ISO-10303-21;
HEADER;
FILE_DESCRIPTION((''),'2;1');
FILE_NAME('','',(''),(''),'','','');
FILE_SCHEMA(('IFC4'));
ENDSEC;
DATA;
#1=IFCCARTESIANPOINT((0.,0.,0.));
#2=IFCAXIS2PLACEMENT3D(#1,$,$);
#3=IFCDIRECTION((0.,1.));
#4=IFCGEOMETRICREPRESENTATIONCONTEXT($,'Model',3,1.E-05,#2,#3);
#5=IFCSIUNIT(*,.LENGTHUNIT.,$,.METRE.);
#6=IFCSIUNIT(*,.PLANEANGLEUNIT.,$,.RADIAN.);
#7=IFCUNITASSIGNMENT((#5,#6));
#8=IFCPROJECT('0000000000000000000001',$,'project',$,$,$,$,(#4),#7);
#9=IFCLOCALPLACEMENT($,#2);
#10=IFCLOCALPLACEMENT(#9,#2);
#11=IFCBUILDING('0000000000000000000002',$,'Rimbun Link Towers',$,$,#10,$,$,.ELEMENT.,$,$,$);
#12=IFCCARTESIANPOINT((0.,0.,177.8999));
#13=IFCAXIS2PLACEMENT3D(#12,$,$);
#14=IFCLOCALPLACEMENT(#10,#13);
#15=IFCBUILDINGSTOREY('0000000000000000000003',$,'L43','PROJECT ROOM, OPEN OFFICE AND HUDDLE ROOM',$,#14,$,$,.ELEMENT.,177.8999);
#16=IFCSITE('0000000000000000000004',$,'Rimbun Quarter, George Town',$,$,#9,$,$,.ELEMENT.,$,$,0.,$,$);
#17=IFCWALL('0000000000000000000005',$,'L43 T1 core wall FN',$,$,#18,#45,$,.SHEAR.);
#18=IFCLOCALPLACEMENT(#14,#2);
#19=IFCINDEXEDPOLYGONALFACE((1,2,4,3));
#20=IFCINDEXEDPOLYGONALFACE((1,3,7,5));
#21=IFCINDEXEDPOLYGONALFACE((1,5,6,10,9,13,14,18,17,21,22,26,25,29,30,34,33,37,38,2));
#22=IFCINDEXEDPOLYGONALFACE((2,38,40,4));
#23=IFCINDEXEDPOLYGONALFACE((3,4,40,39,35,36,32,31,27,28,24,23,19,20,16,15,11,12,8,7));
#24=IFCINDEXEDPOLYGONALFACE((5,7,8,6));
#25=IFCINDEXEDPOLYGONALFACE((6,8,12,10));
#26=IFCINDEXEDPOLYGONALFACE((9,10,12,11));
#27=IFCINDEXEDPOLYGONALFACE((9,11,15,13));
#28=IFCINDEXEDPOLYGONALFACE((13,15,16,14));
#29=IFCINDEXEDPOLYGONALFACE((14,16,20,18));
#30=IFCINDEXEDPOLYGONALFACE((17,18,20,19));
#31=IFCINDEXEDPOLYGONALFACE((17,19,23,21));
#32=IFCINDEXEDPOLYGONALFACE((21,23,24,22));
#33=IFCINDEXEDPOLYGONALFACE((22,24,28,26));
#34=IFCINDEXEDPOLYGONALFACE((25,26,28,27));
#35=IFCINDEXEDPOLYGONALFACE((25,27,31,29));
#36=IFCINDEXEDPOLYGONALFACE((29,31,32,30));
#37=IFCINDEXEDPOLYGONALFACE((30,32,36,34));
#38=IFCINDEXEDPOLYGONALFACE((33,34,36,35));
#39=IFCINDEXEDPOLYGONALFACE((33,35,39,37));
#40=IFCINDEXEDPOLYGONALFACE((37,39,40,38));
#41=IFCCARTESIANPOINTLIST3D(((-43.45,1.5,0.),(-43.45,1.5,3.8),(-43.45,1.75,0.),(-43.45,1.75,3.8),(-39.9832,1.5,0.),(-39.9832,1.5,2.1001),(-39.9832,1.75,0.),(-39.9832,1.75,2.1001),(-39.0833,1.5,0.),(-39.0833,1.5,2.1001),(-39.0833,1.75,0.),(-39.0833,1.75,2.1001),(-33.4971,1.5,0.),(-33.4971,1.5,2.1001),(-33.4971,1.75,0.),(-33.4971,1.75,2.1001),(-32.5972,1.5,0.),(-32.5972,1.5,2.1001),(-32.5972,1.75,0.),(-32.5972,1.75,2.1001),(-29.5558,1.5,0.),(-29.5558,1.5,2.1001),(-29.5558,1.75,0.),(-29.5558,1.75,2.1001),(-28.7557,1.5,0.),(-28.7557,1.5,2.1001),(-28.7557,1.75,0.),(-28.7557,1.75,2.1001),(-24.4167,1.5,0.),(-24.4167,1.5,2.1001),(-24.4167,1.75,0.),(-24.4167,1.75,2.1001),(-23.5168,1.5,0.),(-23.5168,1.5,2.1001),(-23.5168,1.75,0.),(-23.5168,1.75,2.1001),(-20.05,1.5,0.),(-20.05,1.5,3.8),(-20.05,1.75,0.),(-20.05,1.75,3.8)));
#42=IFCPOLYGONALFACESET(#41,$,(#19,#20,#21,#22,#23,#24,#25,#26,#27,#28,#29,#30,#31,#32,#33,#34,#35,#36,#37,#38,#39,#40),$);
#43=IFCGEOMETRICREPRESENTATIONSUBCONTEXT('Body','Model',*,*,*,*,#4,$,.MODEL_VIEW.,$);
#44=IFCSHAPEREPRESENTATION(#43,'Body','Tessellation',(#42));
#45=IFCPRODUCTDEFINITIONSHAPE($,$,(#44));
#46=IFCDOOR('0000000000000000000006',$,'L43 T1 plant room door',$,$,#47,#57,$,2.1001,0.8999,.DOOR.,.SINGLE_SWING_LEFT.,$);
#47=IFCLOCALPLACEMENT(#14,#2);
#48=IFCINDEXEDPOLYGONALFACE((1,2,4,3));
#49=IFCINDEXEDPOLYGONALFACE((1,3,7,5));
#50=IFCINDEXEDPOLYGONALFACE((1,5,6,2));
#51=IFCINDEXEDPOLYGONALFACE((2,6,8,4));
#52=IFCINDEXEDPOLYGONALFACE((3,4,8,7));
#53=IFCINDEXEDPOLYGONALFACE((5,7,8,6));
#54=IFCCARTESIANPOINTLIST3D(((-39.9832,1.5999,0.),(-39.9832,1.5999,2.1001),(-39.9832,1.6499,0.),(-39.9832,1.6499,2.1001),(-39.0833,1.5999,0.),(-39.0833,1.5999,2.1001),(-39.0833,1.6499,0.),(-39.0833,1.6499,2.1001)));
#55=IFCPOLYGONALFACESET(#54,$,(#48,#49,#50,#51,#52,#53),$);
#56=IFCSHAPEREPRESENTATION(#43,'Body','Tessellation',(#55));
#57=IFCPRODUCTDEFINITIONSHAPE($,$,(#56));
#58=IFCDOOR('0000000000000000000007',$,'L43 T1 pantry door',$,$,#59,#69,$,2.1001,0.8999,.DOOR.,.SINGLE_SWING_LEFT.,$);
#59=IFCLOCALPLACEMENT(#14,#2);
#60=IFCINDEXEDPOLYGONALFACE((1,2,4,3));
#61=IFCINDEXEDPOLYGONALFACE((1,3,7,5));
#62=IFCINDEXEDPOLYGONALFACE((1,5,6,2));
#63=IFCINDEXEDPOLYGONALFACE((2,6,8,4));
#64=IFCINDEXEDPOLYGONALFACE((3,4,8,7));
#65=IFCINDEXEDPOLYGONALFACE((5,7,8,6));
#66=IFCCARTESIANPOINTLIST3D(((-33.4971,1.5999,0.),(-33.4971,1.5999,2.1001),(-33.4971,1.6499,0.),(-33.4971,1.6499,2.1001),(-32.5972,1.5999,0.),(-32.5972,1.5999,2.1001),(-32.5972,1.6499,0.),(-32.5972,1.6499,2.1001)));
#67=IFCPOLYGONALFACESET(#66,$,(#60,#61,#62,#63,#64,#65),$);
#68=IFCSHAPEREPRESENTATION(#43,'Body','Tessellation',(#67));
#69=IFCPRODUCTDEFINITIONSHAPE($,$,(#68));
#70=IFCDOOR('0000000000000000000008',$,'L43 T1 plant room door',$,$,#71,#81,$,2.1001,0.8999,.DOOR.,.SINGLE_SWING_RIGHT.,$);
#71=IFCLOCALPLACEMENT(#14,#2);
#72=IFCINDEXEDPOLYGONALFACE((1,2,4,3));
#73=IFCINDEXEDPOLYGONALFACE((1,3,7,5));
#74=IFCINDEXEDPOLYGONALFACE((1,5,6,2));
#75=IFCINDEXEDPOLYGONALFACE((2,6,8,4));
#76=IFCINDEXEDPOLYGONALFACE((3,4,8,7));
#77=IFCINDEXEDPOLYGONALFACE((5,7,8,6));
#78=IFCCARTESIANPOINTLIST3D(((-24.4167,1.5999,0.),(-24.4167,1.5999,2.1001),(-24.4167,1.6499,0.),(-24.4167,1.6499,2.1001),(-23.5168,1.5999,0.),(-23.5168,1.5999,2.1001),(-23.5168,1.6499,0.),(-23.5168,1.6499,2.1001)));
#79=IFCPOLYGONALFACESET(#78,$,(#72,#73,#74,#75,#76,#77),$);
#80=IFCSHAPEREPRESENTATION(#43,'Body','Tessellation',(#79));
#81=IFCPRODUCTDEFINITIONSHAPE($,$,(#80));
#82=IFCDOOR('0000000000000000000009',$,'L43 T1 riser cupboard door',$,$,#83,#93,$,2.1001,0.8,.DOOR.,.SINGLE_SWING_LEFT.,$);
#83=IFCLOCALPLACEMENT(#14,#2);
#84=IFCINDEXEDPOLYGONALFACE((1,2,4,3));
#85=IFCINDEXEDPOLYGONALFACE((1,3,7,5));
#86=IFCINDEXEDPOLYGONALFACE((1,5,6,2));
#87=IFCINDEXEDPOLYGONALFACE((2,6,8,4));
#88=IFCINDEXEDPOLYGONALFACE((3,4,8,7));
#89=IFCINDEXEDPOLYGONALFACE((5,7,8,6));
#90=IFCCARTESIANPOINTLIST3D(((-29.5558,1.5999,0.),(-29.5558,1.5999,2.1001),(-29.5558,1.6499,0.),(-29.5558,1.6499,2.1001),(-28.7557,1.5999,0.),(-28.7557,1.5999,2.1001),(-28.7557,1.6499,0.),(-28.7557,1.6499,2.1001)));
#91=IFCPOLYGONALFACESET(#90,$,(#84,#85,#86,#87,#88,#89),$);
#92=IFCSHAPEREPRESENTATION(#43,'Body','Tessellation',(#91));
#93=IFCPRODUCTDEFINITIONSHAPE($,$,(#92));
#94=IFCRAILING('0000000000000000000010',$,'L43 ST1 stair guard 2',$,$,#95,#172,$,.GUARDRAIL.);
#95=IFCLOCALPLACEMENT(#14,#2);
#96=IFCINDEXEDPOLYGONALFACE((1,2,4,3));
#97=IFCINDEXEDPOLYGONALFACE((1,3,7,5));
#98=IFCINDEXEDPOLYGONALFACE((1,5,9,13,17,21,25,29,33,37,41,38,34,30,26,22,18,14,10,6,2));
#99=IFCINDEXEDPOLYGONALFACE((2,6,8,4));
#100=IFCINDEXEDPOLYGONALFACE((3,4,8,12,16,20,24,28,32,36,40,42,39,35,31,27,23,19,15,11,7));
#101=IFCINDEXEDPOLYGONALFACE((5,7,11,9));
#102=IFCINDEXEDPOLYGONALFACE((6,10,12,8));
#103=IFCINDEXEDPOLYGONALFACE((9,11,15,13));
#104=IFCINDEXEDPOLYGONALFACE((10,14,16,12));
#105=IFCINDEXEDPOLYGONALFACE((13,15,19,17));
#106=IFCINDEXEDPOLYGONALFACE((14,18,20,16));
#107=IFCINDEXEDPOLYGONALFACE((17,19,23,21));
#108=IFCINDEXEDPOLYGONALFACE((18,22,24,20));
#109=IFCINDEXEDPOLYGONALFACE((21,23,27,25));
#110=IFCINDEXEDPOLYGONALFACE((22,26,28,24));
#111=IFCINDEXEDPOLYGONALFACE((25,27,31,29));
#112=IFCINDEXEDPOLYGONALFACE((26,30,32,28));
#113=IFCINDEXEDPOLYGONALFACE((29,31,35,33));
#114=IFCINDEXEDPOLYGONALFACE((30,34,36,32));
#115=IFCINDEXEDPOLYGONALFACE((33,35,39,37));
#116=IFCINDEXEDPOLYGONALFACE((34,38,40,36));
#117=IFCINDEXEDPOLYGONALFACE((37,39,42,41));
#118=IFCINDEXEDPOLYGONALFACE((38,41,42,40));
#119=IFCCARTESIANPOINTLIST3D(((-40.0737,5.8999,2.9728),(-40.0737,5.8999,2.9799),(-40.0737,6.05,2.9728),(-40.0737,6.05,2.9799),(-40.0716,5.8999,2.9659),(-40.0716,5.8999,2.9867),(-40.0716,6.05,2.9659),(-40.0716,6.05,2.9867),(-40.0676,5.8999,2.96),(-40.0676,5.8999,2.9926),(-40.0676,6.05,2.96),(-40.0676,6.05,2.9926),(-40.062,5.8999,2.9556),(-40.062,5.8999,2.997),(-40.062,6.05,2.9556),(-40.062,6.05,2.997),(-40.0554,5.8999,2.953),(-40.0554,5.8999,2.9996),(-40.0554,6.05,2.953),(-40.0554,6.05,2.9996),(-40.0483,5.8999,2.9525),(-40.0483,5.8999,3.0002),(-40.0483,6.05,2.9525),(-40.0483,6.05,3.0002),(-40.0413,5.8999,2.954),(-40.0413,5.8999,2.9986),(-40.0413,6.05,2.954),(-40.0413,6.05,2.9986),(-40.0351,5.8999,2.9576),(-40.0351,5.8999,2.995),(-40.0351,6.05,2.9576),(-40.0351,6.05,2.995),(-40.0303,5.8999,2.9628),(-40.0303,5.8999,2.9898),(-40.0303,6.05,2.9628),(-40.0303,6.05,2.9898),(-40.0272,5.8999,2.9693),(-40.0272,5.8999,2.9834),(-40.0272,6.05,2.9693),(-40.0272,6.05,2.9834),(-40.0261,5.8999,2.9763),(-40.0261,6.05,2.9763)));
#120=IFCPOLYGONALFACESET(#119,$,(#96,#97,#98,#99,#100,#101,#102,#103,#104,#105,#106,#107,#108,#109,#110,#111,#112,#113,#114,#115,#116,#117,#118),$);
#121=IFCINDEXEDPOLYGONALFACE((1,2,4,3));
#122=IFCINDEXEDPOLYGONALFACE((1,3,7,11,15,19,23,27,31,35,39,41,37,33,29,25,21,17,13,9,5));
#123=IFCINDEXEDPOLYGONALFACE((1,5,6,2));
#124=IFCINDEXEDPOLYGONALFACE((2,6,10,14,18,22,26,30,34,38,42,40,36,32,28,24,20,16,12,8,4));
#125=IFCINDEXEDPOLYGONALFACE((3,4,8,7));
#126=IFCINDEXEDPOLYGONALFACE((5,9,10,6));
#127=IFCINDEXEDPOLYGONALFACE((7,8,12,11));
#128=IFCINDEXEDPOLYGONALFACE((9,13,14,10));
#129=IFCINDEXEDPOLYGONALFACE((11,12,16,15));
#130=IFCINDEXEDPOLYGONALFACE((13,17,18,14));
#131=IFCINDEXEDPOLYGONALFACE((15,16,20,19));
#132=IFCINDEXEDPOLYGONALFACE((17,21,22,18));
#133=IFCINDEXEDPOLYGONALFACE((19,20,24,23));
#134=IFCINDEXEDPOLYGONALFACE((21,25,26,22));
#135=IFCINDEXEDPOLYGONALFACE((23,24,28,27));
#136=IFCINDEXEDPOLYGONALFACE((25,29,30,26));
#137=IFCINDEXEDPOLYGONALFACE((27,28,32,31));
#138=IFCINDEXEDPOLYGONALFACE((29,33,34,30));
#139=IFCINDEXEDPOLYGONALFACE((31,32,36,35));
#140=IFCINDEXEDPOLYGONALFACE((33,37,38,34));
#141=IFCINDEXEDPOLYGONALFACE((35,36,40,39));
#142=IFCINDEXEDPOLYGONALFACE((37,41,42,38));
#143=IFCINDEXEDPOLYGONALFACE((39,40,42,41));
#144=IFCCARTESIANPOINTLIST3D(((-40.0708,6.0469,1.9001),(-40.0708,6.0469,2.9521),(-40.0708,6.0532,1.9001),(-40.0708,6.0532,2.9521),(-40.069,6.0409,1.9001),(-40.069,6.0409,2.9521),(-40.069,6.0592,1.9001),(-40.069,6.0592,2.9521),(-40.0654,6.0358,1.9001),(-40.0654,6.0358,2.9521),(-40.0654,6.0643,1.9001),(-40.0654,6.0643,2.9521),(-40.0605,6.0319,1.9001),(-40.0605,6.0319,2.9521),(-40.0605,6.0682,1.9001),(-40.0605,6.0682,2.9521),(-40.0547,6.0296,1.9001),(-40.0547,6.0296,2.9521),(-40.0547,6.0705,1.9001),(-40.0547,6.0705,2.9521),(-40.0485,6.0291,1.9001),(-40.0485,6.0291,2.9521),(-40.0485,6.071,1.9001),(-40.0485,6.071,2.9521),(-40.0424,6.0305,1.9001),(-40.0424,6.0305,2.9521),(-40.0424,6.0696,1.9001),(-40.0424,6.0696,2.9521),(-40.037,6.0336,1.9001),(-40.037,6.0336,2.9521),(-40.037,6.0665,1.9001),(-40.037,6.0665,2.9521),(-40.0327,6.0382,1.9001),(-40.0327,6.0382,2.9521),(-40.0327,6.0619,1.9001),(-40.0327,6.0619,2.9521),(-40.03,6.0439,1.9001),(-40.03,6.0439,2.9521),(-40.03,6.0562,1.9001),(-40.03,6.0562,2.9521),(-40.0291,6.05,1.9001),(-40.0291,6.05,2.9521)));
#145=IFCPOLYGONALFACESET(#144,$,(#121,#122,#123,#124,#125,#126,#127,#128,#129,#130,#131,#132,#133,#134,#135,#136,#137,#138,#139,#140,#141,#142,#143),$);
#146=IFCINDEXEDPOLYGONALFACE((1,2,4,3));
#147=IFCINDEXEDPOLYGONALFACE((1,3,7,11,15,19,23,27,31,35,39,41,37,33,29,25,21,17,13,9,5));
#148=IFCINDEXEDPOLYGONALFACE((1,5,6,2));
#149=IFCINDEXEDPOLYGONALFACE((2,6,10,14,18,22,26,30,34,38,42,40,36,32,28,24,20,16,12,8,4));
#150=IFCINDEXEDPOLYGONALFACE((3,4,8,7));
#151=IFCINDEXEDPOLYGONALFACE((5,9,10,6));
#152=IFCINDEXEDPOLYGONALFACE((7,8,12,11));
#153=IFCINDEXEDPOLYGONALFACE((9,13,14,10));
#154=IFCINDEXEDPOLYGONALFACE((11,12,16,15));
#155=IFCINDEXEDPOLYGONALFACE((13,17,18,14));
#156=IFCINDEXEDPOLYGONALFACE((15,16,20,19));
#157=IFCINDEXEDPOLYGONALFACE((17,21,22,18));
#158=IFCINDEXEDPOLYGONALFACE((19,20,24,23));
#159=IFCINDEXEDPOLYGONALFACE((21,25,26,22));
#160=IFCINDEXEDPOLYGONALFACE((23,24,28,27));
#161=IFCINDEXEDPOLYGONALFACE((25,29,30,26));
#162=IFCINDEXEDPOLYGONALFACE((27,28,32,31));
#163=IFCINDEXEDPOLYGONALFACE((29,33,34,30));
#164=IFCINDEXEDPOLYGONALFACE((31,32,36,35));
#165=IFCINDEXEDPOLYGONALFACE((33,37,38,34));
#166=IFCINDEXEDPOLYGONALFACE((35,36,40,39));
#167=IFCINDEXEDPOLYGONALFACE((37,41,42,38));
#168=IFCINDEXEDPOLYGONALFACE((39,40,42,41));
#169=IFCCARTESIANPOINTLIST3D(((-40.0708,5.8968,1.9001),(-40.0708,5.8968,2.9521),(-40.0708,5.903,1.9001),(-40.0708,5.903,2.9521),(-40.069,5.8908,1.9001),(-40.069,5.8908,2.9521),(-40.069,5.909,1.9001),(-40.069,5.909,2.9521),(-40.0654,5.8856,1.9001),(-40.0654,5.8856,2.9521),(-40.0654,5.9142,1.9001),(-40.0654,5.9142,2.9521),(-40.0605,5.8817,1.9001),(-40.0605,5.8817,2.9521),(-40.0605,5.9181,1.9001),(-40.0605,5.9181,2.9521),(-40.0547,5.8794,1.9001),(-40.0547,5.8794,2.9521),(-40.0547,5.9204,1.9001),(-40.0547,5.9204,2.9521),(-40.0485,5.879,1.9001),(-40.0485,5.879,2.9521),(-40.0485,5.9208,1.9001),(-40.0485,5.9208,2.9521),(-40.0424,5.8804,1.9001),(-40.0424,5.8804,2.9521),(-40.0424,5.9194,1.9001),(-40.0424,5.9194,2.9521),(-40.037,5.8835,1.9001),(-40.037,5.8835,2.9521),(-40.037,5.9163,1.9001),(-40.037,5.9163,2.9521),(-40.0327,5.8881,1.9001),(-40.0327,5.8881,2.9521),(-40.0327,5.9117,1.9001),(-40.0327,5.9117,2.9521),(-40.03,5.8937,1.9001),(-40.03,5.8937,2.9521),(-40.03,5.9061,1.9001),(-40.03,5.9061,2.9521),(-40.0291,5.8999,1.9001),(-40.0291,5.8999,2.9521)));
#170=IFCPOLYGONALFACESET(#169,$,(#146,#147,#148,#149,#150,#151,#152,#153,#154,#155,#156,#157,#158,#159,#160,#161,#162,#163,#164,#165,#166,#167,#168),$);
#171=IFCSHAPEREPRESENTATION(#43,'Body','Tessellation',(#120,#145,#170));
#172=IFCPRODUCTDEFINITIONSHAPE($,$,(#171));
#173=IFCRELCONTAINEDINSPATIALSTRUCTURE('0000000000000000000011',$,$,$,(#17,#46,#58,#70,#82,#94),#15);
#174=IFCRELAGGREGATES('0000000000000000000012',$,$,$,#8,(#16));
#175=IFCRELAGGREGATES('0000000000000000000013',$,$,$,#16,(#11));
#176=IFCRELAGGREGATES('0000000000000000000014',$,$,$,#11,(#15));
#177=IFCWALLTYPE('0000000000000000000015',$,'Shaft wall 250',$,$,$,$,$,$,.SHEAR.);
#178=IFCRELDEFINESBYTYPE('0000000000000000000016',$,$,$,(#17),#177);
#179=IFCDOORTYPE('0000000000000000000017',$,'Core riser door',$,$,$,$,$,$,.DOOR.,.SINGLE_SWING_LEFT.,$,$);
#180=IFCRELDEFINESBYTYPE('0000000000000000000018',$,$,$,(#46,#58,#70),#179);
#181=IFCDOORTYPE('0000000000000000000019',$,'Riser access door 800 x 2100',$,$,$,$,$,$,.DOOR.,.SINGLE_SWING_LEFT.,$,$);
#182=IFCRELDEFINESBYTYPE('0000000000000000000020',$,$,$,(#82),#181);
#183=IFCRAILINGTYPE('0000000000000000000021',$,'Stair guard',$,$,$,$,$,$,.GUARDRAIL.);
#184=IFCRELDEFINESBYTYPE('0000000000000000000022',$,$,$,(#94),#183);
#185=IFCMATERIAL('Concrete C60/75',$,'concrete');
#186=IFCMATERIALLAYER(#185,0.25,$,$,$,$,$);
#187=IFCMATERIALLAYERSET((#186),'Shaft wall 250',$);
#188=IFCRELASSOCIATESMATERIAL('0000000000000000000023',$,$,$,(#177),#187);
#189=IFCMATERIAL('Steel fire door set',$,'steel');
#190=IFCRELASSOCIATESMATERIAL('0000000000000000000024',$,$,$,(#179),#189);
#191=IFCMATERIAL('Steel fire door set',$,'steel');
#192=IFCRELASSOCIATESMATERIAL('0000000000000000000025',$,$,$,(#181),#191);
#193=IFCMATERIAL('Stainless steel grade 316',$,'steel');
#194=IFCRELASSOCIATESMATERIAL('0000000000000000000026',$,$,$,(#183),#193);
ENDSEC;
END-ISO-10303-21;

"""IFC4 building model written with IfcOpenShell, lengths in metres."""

from ifc_helpers import new_model, si_unit, direction, frame, frame_2d, origin, origin_2d, place, context, subcontext, project, spatial, rectangle, circle, extrude, material, layer, layer_set, type_object, element, fill, save


model = new_model("IFC4")

# Units and contexts
model_context = context("Model", 3, precision=1e-05, world=origin(), true_north=direction((0.0, 1.0)))
body_context = subcontext(model_context, "Body", "Model", "MODEL_VIEW")
ifc_project = project(units=[si_unit("LENGTHUNIT", "METRE"), si_unit("PLANEANGLEUNIT", "RADIAN")], contexts=[model_context])

# Site, building, storey
site_placement = place(None, origin())
site = spatial("IfcSite", under=ifc_project, at=site_placement, Name="Rimbun Quarter, George Town", CompositionType="ELEMENT", RefElevation=0.0)
building_placement = place(site_placement, origin())
building = spatial("IfcBuilding", under=site, at=building_placement, Name="Rimbun Link Towers", CompositionType="ELEMENT")
storey_placement = place(building_placement, frame((0.0, 0.0, 177.8999)))
storey = spatial("IfcBuildingStorey", under=building, at=storey_placement, Name="L43", Description="PROJECT ROOM, OPEN OFFICE AND HUDDLE ROOM", CompositionType="ELEMENT", Elevation=177.8999)

# Shared definitions
ifc_material_1 = material(Name="Concrete C60/75", Category="concrete")
ifc_layer_1 = layer(ifc_material_1, 0.25)
ifc_layer_set_1 = layer_set([ifc_layer_1], Name="Shaft wall 250")
wall_type_1 = type_object("IfcWallType", Name="Shaft wall 250", PredefinedType="SHEAR", material=ifc_layer_set_1)

# Wall, openings, doors
wall_1_placement = place(storey_placement, frame((-43.45, 1.625, 0.0), z_axis=(0.0, 0.0, 1.0), x_axis=(1.0, 0.0, 0.0)))
wall_1 = element("IfcWall", 1, at=wall_1_placement, inside=storey, type_object=wall_type_1, Name="L43 T1 core wall FN", PredefinedType="SHEAR", context=body_context, shape_type="SweptSolid", body=[
    extrude(rectangle(XDim=23.3999, YDim=0.25, at=frame_2d((11.7, 0.0))), origin(), (0.0, 0.0, 1.0), 3.8),
])
opening_1_placement = place(wall_1_placement, frame((3.4668, 0.0, 0.0)))
opening_1 = element("IfcOpeningElement", 2, at=opening_1_placement, cuts=wall_1, PredefinedType="OPENING", context=body_context, shape_type="SweptSolid", body=[
    extrude(rectangle(XDim=0.8999, YDim=2.1001, at=frame_2d((0.45, 1.05))), frame((0.0, 0.135, 0.0), z_axis=(0.0, -1.0, 0.0), x_axis=(1.0, 0.0, 0.0)), (0.0, 0.0, 1.0), 0.27),
])
opening_2_placement = place(wall_1_placement, frame((9.9529, 0.0, 0.0)))
opening_2 = element("IfcOpeningElement", 3, at=opening_2_placement, cuts=wall_1, PredefinedType="OPENING", context=body_context, shape_type="SweptSolid", body=[
    extrude(rectangle(XDim=0.8999, YDim=2.1001, at=frame_2d((0.45, 1.05))), frame((0.0, 0.135, 0.0), z_axis=(0.0, -1.0, 0.0), x_axis=(1.0, 0.0, 0.0)), (0.0, 0.0, 1.0), 0.27),
])
opening_3_placement = place(wall_1_placement, frame((13.8943, 0.0, 0.0)))
opening_3 = element("IfcOpeningElement", 4, at=opening_3_placement, cuts=wall_1, PredefinedType="OPENING", context=body_context, shape_type="SweptSolid", body=[
    extrude(rectangle(XDim=0.8, YDim=2.1001, at=frame_2d((0.3999, 1.05))), frame((0.0, 0.135, 0.0), z_axis=(0.0, -1.0, 0.0), x_axis=(1.0, 0.0, 0.0)), (0.0, 0.0, 1.0), 0.27),
])
opening_4_placement = place(wall_1_placement, frame((19.0332, 0.0, 0.0)))
opening_4 = element("IfcOpeningElement", 5, at=opening_4_placement, cuts=wall_1, PredefinedType="OPENING", context=body_context, shape_type="SweptSolid", body=[
    extrude(rectangle(XDim=0.8999, YDim=2.1001, at=frame_2d((0.45, 1.05))), frame((0.0, 0.135, 0.0), z_axis=(0.0, -1.0, 0.0), x_axis=(1.0, 0.0, 0.0)), (0.0, 0.0, 1.0), 0.27),
])
ifc_material_2 = material(Name="Steel fire door set", Category="steel")
door_type_1 = type_object("IfcDoorType", Name="Core riser door", OperationType="SINGLE_SWING_LEFT", PredefinedType="DOOR", material=ifc_material_2)
door_1_placement = place(opening_1_placement, origin())
door_1 = element("IfcDoor", 6, at=door_1_placement, inside=storey, type_object=door_type_1, Name="L43 T1 plant room door", OperationType="SINGLE_SWING_LEFT", OverallHeight=2.1001, OverallWidth=0.8999, PredefinedType="DOOR", context=body_context, shape_type="SweptSolid", body=[
    extrude(rectangle(XDim=0.8999, YDim=2.1001, at=frame_2d((0.45, 1.05))), frame((0.0, 0.0249, 0.0), z_axis=(0.0, -1.0, 0.0), x_axis=(1.0, 0.0, 0.0)), (0.0, 0.0, 1.0), 0.05),
])
fill(opening_1, door_1)
door_2_placement = place(opening_2_placement, origin())
door_2 = element("IfcDoor", 7, at=door_2_placement, inside=storey, type_object=door_type_1, Name="L43 T1 pantry door", OperationType="SINGLE_SWING_LEFT", OverallHeight=2.1001, OverallWidth=0.8999, PredefinedType="DOOR", context=body_context, shape_type="SweptSolid", body=[
    extrude(rectangle(XDim=0.8999, YDim=2.1001, at=frame_2d((0.45, 1.05))), frame((0.0, 0.0249, 0.0), z_axis=(0.0, -1.0, 0.0), x_axis=(1.0, 0.0, 0.0)), (0.0, 0.0, 1.0), 0.05),
])
fill(opening_2, door_2)
door_3_placement = place(opening_4_placement, origin())
door_3 = element("IfcDoor", 8, at=door_3_placement, inside=storey, type_object=door_type_1, Name="L43 T1 plant room door", OperationType="SINGLE_SWING_RIGHT", OverallHeight=2.1001, OverallWidth=0.8999, PredefinedType="DOOR", context=body_context, shape_type="SweptSolid", body=[
    extrude(rectangle(XDim=0.8999, YDim=2.1001, at=frame_2d((0.45, 1.05))), frame((0.0, 0.0249, 0.0), z_axis=(0.0, -1.0, 0.0), x_axis=(1.0, 0.0, 0.0)), (0.0, 0.0, 1.0), 0.05),
])
fill(opening_4, door_3)
ifc_material_3 = material(Name="Steel fire door set", Category="steel")
door_type_2 = type_object("IfcDoorType", Name="Riser access door 800 x 2100", OperationType="SINGLE_SWING_LEFT", PredefinedType="DOOR", material=ifc_material_3)
door_4_placement = place(opening_3_placement, origin())
door_4 = element("IfcDoor", 9, at=door_4_placement, inside=storey, type_object=door_type_2, Name="L43 T1 riser cupboard door", OperationType="SINGLE_SWING_LEFT", OverallHeight=2.1001, OverallWidth=0.8, PredefinedType="DOOR", context=body_context, shape_type="SweptSolid", body=[
    extrude(rectangle(XDim=0.8, YDim=2.1001, at=frame_2d((0.3999, 1.05))), frame((0.0, 0.0249, 0.0), z_axis=(0.0, -1.0, 0.0), x_axis=(1.0, 0.0, 0.0)), (0.0, 0.0, 1.0), 0.05),
])
fill(opening_3, door_4)

# Railing
ifc_material_4 = material(Name="Stainless steel grade 316", Category="steel")
railing_type = type_object("IfcRailingType", Name="Stair guard", PredefinedType="GUARDRAIL", material=ifc_material_4)
railing_placement = place(storey_placement, frame((-40.05, 6.05, 1.9001)))
element("IfcRailing", 10, at=railing_placement, inside=storey, type_object=railing_type, Name="L43 ST1 stair guard 2", PredefinedType="GUARDRAIL", context=body_context, shape_type="SweptSolid", body=[
    extrude(circle(Radius=0.0239, at=origin_2d()), frame((0.0, 0.0, 1.0762), z_axis=(0.0, -1.0, 0.0), x_axis=(1.0, 0.0, 0.0)), (0.0, 0.0, 1.0), 0.1501),
    extrude(circle(Radius=0.021, at=origin_2d()), origin(), (0.0, 0.0, 1.0), 1.052),
    extrude(circle(Radius=0.021, at=origin_2d()), frame((0.0, -0.1501, 0.0)), (0.0, 0.0, 1.0), 1.052),
])

save(model, "model.ifc")
